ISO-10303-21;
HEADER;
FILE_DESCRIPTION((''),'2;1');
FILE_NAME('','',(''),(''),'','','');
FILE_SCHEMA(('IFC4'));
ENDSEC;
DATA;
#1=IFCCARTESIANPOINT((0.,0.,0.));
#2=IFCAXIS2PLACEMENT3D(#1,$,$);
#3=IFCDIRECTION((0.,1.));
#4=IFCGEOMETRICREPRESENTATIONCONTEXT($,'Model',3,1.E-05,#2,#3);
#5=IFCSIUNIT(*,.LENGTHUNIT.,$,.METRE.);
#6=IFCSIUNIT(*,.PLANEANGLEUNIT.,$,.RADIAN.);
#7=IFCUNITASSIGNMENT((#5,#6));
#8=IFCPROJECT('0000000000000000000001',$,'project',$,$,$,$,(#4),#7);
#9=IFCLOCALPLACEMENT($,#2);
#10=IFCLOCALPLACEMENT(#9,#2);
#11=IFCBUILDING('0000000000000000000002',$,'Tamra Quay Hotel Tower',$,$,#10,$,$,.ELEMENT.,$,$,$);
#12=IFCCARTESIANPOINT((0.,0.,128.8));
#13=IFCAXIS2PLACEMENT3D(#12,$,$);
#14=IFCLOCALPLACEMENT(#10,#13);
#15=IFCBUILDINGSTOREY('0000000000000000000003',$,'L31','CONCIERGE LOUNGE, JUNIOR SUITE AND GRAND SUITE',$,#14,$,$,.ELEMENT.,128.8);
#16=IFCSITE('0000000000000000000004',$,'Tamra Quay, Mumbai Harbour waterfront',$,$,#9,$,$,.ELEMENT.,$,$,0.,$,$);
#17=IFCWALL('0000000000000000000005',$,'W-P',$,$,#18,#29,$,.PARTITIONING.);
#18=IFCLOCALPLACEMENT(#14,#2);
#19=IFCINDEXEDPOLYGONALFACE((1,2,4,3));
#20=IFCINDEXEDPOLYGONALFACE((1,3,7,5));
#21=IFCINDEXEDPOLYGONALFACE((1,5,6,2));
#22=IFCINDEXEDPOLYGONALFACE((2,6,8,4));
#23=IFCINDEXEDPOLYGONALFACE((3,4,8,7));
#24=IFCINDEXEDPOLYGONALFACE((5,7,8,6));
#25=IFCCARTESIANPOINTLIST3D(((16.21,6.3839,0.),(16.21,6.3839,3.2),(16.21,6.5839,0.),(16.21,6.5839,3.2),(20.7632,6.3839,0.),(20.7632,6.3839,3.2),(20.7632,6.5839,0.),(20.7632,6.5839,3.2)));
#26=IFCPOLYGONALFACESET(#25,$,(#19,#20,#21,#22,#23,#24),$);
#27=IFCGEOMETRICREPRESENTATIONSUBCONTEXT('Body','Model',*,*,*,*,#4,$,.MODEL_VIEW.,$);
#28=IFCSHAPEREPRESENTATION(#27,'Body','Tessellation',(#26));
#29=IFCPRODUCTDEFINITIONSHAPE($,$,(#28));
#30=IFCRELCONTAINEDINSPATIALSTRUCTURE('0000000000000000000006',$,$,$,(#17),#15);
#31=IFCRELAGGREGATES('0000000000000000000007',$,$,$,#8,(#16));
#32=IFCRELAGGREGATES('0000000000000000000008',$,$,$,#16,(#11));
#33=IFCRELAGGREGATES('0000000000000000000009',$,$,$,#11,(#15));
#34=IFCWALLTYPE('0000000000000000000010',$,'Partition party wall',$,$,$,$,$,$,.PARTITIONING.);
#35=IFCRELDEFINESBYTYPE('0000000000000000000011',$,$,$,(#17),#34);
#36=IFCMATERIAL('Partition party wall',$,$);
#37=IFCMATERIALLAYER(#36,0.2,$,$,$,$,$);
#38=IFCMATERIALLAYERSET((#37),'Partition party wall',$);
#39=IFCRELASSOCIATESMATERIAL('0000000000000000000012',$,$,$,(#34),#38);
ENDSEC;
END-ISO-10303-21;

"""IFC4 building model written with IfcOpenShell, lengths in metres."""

from ifc_helpers import new_model, si_unit, direction, frame, frame_2d, origin, place, context, subcontext, project, spatial, rectangle, extrude, material, layer, layer_set, type_object, element, save


model = new_model("IFC4")

# Units and contexts
model_context = context("Model", 3, precision=1e-05, world=origin(), true_north=direction((0.0, 1.0)))
body_context = subcontext(model_context, "Body", "Model", "MODEL_VIEW")
ifc_project = project(units=[si_unit("LENGTHUNIT", "METRE"), si_unit("PLANEANGLEUNIT", "RADIAN")], contexts=[model_context])

# Site, building, storey
site_placement = place(None, origin())
site = spatial("IfcSite", under=ifc_project, at=site_placement, Name="Tamra Quay, Mumbai Harbour waterfront", CompositionType="ELEMENT", RefElevation=0.0)
building_placement = place(site_placement, origin())
building = spatial("IfcBuilding", under=site, at=building_placement, Name="Tamra Quay Hotel Tower", CompositionType="ELEMENT")
storey_placement = place(building_placement, frame((0.0, 0.0, 128.8)))
storey = spatial("IfcBuildingStorey", under=building, at=storey_placement, Name="L31", Description="CONCIERGE LOUNGE, JUNIOR SUITE AND GRAND SUITE", CompositionType="ELEMENT", Elevation=128.8)

# Wall
ifc_material_1 = material(Name="Partition party wall")
ifc_layer_1 = layer(ifc_material_1, 0.2)
ifc_layer_set_1 = layer_set([ifc_layer_1], Name="Partition party wall")
wall_type_1 = type_object("IfcWallType", Name="Partition party wall", PredefinedType="PARTITIONING", material=ifc_layer_set_1)
wall_1_placement = place(storey_placement, frame((16.21, 6.4839, 0.0), z_axis=(0.0, 0.0, 1.0), x_axis=(1.0, 0.0, 0.0)))
element("IfcWall", 1, at=wall_1_placement, inside=storey, type_object=wall_type_1, Name="W-P", PredefinedType="PARTITIONING", context=body_context, shape_type="SweptSolid", body=[
    extrude(rectangle(XDim=4.5532, YDim=0.2, at=frame_2d((2.2766, 0.0))), origin(), (0.0, 0.0, 1.0), 3.2),
])

save(model, "model.ifc")
